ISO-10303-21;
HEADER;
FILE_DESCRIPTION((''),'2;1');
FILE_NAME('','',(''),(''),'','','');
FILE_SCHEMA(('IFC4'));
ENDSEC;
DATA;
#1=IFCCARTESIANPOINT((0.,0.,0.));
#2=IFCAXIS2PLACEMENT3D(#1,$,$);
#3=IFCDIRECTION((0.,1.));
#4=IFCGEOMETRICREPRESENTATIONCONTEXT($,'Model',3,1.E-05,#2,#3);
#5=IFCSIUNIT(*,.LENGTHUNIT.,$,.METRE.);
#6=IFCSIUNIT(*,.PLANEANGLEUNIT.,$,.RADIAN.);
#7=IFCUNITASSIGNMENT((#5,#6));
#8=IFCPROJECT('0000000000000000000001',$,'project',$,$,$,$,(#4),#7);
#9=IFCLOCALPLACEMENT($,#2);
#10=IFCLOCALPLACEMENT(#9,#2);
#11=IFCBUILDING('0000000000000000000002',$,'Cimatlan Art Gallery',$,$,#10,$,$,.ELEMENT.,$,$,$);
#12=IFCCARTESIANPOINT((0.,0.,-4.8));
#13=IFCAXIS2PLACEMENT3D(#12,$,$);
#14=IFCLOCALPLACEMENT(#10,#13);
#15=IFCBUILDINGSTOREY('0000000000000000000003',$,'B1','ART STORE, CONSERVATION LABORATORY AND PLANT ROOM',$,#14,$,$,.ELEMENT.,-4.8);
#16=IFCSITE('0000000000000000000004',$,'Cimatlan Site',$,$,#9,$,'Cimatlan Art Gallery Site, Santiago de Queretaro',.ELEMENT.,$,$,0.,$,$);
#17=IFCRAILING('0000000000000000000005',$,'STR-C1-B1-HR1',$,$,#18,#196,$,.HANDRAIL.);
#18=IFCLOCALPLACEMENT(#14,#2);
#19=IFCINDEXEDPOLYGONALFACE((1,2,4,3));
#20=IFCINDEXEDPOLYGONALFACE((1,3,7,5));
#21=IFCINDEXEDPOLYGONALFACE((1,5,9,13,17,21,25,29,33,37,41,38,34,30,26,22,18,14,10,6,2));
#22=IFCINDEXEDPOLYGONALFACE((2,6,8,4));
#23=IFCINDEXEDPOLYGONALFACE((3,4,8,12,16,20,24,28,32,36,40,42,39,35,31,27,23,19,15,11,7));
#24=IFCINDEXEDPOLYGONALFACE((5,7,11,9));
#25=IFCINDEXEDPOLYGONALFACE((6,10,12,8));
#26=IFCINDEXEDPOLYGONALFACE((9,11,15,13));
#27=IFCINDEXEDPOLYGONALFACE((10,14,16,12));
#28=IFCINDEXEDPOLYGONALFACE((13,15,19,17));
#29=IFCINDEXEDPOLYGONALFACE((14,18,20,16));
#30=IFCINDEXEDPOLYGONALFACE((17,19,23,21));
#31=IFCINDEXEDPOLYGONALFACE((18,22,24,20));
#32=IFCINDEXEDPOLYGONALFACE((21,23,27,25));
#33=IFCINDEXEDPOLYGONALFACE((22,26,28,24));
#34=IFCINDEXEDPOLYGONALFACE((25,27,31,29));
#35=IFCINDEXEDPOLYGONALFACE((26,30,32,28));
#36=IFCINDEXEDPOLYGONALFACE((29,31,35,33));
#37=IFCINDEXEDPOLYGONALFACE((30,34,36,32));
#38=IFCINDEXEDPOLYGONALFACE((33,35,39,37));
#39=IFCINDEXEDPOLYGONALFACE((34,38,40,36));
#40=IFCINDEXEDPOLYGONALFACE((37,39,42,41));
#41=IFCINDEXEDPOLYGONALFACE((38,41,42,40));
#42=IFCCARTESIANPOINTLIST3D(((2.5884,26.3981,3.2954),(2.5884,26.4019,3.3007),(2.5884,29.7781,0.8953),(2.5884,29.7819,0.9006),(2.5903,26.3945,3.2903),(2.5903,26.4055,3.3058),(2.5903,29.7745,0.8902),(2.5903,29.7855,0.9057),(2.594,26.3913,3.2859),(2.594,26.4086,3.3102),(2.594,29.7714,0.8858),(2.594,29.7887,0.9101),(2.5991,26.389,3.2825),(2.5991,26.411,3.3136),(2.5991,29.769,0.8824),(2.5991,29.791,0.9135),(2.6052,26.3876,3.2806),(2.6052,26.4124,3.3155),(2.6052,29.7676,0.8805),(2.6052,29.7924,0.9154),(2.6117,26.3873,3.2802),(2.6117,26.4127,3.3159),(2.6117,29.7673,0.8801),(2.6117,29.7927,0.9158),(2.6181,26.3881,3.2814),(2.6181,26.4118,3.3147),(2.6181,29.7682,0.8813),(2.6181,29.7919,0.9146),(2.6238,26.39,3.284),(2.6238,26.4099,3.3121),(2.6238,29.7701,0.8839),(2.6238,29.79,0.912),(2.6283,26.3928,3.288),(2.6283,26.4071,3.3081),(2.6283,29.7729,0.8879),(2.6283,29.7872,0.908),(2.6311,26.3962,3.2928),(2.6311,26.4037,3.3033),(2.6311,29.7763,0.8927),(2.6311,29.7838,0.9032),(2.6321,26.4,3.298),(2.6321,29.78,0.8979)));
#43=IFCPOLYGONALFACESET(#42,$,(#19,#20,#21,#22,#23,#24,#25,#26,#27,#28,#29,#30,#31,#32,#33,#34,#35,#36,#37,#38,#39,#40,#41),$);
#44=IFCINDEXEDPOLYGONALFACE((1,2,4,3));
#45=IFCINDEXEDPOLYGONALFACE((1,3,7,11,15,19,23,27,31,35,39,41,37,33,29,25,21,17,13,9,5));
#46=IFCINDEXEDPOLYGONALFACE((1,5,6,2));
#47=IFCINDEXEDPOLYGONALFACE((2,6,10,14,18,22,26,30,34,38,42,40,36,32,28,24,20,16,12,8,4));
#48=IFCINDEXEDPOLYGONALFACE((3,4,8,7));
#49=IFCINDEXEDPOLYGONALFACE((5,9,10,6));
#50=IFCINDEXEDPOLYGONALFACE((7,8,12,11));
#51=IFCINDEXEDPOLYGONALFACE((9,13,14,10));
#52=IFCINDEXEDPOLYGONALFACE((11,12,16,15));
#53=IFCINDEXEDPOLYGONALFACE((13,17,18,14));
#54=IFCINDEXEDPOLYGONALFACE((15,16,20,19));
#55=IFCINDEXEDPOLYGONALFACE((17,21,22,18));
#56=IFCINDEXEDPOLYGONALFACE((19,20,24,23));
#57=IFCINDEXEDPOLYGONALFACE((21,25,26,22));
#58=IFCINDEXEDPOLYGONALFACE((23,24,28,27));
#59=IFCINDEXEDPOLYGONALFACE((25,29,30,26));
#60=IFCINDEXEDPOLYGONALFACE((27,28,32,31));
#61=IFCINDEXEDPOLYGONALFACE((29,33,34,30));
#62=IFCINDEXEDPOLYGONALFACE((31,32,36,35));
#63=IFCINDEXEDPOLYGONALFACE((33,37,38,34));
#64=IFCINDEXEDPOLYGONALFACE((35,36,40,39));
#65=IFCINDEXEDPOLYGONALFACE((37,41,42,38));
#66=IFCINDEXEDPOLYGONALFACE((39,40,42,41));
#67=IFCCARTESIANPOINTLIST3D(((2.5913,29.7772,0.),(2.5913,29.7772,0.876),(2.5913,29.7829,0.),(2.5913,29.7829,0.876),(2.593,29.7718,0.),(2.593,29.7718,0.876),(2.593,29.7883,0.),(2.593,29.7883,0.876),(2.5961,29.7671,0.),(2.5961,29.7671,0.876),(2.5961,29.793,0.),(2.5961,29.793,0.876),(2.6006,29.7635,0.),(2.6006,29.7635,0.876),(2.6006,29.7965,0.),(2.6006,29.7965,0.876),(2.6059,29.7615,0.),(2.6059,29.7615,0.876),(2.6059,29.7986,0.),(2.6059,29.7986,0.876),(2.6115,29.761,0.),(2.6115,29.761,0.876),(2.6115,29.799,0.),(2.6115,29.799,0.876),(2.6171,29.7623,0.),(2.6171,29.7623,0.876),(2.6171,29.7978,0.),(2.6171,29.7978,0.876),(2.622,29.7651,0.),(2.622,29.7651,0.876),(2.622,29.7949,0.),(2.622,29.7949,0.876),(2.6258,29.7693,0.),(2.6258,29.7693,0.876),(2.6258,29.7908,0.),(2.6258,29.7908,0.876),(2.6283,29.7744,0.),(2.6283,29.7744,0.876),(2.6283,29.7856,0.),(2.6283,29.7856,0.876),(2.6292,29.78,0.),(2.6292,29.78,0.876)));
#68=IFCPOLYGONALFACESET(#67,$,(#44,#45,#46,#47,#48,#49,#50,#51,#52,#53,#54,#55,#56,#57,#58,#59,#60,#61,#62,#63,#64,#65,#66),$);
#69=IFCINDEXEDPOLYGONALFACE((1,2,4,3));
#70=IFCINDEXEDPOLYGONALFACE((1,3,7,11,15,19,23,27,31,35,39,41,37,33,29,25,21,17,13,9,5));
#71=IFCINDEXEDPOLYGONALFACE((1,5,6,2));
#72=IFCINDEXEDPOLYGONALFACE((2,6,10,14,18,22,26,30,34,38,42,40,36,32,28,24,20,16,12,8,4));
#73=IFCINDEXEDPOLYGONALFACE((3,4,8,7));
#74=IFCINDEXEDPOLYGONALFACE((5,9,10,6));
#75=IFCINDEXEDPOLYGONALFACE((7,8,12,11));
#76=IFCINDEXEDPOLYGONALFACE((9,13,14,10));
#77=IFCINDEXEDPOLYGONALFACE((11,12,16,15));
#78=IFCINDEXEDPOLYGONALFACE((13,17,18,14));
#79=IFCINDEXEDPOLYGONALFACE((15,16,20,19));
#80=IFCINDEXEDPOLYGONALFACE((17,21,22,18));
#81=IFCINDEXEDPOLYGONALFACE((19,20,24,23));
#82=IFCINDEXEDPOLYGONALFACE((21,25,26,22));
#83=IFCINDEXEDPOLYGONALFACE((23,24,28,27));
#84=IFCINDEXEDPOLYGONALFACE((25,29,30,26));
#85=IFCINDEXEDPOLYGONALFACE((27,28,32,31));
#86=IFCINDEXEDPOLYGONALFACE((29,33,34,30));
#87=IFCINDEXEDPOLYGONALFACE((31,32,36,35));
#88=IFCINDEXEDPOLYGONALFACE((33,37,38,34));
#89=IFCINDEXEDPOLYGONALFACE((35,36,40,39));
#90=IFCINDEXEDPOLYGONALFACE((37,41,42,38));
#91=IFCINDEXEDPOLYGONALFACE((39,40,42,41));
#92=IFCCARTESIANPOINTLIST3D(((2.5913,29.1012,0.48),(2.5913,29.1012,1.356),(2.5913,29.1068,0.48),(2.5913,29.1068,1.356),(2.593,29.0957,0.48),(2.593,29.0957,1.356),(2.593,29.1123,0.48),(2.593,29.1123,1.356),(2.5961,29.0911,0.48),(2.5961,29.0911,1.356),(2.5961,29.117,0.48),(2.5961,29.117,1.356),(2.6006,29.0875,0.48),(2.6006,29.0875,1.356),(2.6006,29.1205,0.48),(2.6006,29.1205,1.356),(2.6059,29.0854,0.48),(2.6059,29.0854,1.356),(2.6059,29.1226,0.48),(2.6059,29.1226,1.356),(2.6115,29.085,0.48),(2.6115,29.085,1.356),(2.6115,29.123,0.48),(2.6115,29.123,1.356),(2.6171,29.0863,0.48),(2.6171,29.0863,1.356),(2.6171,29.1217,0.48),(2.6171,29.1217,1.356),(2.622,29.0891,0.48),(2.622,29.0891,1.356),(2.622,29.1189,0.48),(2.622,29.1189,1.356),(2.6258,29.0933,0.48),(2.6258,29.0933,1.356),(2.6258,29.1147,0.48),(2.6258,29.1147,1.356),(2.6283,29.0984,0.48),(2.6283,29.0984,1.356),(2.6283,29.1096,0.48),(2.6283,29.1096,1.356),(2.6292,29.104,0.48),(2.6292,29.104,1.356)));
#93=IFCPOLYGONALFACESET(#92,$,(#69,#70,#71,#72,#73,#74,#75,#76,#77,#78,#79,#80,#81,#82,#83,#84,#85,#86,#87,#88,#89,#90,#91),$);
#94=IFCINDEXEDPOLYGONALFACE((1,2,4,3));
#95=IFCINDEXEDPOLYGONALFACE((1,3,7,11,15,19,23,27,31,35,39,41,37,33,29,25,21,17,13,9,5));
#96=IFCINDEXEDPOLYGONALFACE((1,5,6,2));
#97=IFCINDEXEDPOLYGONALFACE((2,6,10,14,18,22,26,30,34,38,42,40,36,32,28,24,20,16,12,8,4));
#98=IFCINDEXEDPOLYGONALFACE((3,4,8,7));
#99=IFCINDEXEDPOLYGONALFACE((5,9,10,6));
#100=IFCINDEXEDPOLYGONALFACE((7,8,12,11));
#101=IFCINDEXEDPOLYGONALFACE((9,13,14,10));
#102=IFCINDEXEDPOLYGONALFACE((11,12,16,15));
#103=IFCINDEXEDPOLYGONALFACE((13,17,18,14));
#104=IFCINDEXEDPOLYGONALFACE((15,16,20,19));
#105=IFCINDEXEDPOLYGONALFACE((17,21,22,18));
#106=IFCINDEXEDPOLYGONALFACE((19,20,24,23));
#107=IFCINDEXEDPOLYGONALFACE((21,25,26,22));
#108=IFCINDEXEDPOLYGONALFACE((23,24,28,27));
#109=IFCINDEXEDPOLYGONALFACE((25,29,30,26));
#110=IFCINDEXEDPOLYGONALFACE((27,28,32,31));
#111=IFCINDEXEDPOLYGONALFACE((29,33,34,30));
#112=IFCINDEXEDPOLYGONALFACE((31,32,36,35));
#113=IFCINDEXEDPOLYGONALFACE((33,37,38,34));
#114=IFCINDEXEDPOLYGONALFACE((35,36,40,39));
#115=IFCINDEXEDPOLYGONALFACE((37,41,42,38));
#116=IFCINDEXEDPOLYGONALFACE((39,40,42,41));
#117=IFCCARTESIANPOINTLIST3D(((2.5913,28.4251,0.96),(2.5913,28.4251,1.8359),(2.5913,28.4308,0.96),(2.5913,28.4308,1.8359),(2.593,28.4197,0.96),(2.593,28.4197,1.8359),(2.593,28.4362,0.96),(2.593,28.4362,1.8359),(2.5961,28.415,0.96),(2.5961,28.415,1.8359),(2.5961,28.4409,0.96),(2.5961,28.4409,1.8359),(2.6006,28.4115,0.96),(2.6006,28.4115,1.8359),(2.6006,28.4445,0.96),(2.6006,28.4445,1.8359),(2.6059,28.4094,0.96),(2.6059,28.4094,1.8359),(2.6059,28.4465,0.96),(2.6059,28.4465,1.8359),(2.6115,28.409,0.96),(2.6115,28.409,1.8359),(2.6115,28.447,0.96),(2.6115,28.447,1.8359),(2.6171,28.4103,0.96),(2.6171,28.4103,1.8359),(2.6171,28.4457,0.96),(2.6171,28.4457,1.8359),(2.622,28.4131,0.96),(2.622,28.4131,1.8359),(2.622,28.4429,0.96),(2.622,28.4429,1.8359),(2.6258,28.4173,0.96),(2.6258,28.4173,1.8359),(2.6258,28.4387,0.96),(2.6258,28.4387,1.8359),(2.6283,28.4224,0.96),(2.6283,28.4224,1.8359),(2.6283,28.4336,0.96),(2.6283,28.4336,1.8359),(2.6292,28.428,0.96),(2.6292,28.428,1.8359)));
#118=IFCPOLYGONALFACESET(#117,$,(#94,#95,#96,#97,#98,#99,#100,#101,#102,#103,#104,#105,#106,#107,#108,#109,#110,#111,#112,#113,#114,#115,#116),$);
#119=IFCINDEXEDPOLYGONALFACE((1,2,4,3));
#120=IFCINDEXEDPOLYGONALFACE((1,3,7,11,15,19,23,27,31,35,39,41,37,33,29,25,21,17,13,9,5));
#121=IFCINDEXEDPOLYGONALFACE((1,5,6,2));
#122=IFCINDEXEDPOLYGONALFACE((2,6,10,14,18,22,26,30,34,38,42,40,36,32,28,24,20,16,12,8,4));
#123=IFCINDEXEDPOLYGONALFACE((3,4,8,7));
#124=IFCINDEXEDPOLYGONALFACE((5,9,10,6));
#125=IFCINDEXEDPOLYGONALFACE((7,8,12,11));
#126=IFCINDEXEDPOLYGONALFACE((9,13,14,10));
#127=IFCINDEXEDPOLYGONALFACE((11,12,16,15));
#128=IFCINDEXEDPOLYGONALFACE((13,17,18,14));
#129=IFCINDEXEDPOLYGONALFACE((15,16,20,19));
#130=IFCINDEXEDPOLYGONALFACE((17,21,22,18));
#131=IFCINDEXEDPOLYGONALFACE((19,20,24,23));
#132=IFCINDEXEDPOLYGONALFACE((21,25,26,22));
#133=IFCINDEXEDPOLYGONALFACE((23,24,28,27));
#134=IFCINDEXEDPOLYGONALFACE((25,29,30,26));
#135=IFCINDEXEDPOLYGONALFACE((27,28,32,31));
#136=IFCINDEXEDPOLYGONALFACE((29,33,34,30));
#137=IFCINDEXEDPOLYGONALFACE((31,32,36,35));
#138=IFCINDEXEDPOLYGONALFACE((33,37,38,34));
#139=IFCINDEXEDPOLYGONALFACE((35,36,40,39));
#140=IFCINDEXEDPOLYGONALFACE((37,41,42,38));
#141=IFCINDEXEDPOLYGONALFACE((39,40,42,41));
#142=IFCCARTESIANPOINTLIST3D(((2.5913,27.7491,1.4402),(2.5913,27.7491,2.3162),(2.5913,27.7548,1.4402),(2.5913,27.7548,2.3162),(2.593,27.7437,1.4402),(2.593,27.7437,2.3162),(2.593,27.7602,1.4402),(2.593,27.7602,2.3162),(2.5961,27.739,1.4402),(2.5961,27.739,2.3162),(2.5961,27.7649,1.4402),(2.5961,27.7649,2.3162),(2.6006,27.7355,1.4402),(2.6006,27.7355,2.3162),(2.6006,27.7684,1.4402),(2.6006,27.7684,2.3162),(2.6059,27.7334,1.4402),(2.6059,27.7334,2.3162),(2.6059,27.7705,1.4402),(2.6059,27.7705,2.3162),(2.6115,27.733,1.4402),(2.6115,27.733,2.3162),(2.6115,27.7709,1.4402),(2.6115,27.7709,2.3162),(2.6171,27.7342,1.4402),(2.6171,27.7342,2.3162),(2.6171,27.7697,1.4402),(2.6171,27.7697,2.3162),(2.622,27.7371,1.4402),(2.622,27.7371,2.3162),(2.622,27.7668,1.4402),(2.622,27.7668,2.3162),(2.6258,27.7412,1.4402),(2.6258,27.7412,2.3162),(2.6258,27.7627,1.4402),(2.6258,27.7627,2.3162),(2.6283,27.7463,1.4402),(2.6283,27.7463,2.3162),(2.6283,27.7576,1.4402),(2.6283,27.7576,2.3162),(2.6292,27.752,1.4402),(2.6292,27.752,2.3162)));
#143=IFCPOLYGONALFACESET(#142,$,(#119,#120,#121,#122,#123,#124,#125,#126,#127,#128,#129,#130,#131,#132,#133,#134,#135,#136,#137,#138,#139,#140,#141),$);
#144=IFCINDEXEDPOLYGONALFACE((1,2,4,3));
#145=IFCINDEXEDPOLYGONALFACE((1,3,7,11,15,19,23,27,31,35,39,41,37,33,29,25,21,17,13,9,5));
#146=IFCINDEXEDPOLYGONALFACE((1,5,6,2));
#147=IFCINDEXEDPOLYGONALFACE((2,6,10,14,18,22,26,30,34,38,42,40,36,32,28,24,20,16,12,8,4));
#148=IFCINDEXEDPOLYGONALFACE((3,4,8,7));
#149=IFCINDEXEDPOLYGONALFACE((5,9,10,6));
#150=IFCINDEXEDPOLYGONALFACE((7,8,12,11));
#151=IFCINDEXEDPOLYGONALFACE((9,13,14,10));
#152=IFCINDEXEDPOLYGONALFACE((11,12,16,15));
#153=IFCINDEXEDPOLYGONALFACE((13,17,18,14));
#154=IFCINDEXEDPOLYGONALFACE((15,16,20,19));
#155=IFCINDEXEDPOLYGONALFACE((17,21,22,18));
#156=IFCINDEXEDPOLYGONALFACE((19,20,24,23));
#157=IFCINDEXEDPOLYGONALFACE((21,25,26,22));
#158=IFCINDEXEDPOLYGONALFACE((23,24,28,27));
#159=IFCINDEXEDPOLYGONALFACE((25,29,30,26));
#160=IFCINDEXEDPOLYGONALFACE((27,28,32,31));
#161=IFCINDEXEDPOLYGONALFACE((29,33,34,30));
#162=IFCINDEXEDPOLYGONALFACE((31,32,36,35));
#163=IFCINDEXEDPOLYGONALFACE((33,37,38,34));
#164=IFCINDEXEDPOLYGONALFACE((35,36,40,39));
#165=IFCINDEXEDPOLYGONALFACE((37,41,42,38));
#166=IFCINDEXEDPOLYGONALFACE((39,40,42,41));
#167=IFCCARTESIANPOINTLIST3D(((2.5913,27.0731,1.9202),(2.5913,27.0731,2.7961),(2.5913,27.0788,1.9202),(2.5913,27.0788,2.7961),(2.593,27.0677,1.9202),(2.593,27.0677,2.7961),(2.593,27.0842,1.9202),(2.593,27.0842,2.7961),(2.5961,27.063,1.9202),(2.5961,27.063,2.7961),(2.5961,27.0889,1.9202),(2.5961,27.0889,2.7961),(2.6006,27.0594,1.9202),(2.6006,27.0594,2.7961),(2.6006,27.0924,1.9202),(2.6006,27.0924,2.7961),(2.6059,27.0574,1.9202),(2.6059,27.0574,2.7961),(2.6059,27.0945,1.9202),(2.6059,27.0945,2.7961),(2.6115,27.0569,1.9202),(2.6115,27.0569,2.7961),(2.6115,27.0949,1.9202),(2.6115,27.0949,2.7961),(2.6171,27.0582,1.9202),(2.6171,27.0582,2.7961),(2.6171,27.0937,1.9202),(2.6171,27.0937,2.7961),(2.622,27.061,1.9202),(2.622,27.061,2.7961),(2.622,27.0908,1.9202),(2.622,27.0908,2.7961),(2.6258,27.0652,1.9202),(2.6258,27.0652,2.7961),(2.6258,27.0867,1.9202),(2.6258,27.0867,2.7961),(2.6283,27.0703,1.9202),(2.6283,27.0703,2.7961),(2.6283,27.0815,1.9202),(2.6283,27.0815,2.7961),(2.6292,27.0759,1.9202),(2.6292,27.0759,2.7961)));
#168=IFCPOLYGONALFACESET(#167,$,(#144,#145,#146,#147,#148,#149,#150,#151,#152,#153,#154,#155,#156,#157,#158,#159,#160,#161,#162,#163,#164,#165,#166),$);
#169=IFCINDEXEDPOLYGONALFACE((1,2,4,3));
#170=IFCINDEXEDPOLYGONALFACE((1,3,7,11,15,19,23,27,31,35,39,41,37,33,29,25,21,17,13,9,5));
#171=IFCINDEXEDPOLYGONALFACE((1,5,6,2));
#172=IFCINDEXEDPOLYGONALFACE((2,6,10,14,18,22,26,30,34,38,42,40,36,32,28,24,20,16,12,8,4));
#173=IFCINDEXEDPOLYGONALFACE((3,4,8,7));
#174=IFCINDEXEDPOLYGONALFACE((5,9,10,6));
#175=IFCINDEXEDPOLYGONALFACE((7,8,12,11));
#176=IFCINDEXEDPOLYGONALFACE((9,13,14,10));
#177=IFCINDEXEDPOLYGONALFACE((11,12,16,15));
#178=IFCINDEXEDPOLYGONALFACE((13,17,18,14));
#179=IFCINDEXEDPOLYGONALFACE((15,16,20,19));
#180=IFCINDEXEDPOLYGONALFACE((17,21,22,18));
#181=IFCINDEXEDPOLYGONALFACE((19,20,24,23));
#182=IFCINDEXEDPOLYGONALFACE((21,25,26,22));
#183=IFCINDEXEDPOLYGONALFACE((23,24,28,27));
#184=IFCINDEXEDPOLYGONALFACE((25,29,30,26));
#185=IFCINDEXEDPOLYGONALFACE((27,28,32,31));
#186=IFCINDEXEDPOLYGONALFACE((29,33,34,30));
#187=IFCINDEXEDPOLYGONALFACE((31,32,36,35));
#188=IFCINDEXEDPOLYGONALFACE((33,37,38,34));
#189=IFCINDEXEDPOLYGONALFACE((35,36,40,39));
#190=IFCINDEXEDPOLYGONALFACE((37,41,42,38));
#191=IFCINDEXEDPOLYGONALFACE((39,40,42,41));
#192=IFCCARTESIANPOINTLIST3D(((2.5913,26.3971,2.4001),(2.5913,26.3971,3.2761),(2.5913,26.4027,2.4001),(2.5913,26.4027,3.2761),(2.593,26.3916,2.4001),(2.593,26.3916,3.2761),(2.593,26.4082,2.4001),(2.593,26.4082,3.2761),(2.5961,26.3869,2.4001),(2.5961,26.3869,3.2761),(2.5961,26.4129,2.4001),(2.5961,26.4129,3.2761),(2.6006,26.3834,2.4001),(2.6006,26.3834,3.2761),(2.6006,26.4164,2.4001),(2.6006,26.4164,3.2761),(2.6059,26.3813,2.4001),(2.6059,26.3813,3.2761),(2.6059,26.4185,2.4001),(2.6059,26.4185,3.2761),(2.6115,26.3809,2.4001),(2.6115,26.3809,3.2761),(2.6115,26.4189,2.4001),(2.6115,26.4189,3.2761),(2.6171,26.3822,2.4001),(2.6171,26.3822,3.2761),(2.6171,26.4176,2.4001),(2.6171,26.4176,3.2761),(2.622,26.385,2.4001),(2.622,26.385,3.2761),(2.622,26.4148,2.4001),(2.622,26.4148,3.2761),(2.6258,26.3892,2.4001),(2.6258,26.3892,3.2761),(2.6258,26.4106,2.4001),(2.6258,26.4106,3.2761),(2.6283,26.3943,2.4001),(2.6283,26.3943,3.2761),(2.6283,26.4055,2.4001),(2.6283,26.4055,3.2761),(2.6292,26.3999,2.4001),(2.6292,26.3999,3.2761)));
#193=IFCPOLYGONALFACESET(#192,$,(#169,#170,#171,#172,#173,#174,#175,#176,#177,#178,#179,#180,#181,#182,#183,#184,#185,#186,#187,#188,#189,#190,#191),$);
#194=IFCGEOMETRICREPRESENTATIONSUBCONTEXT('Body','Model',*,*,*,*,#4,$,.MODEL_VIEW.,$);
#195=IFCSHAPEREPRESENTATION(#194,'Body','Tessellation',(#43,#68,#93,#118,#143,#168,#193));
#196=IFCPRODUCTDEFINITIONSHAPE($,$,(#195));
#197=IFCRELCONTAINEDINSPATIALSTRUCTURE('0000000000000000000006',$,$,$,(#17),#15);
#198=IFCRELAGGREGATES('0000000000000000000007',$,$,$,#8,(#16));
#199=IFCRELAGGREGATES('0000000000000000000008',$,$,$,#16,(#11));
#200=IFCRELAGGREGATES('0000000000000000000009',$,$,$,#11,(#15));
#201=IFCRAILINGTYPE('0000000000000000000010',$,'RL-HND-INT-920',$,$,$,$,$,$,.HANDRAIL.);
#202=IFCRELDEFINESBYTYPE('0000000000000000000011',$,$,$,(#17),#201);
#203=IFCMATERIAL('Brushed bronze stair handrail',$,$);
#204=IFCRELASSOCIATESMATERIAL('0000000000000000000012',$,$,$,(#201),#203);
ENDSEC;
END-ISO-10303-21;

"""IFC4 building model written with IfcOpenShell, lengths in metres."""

from ifc_helpers import new_model, si_unit, direction, frame, origin, origin_2d, place, context, subcontext, project, spatial, circle, extrude, material, type_object, element, save


model = new_model("IFC4")

# Units and contexts
model_context = context("Model", 3, precision=1e-05, world=origin(), true_north=direction((0.0, 1.0)))
body_context = subcontext(model_context, "Body", "Model", "MODEL_VIEW")
ifc_project = project(units=[si_unit("LENGTHUNIT", "METRE"), si_unit("PLANEANGLEUNIT", "RADIAN")], contexts=[model_context])

# Site, building, storey
site_placement = place(None, origin())
site = spatial("IfcSite", under=ifc_project, at=site_placement, Name="Cimatlan Site", LongName="Cimatlan Art Gallery Site, Santiago de Queretaro", CompositionType="ELEMENT", RefElevation=0.0)
building_placement = place(site_placement, origin())
building = spatial("IfcBuilding", under=site, at=building_placement, Name="Cimatlan Art Gallery", CompositionType="ELEMENT")
storey_placement = place(building_placement, frame((0.0, 0.0, -4.8)))
storey = spatial("IfcBuildingStorey", under=building, at=storey_placement, Name="B1", Description="ART STORE, CONSERVATION LABORATORY AND PLANT ROOM", CompositionType="ELEMENT", Elevation=-4.8)

# Railing
ifc_material_1 = material(Name="Brushed bronze stair handrail")
railing_type_1 = type_object("IfcRailingType", Name="RL-HND-INT-920", PredefinedType="HANDRAIL", material=ifc_material_1)
railing_1_placement = place(storey_placement, frame((2.6101, 29.78, 0.0)))
element("IfcRailing", 1, at=railing_1_placement, inside=storey, type_object=railing_type_1, Name="STR-C1-B1-HR1", PredefinedType="HANDRAIL", context=body_context, shape_type="SweptSolid", body=[
    extrude(circle(Radius=0.022, at=origin_2d()), frame((0.0, 0.0, 0.8979), z_axis=(0.0, -0.815354, 0.578963), x_axis=(1.0, 0.0, 0.0)), (0.0, 0.0, 1.0), 4.1455),
    extrude(circle(Radius=0.019, at=origin_2d()), origin(), (0.0, 0.0, 1.0), 0.876),
    extrude(circle(Radius=0.019, at=origin_2d()), frame((0.0, -0.676, 0.48)), (0.0, 0.0, 1.0), 0.876),
    extrude(circle(Radius=0.019, at=origin_2d()), frame((0.0, -1.3521, 0.96)), (0.0, 0.0, 1.0), 0.876),
    extrude(circle(Radius=0.019, at=origin_2d()), frame((0.0, -2.0281, 1.4402)), (0.0, 0.0, 1.0), 0.876),
    extrude(circle(Radius=0.019, at=origin_2d()), frame((0.0, -2.7041, 1.9202)), (0.0, 0.0, 1.0), 0.876),
    extrude(circle(Radius=0.019, at=origin_2d()), frame((0.0, -3.3801, 2.4001)), (0.0, 0.0, 1.0), 0.876),
])

save(model, "model.ifc")
